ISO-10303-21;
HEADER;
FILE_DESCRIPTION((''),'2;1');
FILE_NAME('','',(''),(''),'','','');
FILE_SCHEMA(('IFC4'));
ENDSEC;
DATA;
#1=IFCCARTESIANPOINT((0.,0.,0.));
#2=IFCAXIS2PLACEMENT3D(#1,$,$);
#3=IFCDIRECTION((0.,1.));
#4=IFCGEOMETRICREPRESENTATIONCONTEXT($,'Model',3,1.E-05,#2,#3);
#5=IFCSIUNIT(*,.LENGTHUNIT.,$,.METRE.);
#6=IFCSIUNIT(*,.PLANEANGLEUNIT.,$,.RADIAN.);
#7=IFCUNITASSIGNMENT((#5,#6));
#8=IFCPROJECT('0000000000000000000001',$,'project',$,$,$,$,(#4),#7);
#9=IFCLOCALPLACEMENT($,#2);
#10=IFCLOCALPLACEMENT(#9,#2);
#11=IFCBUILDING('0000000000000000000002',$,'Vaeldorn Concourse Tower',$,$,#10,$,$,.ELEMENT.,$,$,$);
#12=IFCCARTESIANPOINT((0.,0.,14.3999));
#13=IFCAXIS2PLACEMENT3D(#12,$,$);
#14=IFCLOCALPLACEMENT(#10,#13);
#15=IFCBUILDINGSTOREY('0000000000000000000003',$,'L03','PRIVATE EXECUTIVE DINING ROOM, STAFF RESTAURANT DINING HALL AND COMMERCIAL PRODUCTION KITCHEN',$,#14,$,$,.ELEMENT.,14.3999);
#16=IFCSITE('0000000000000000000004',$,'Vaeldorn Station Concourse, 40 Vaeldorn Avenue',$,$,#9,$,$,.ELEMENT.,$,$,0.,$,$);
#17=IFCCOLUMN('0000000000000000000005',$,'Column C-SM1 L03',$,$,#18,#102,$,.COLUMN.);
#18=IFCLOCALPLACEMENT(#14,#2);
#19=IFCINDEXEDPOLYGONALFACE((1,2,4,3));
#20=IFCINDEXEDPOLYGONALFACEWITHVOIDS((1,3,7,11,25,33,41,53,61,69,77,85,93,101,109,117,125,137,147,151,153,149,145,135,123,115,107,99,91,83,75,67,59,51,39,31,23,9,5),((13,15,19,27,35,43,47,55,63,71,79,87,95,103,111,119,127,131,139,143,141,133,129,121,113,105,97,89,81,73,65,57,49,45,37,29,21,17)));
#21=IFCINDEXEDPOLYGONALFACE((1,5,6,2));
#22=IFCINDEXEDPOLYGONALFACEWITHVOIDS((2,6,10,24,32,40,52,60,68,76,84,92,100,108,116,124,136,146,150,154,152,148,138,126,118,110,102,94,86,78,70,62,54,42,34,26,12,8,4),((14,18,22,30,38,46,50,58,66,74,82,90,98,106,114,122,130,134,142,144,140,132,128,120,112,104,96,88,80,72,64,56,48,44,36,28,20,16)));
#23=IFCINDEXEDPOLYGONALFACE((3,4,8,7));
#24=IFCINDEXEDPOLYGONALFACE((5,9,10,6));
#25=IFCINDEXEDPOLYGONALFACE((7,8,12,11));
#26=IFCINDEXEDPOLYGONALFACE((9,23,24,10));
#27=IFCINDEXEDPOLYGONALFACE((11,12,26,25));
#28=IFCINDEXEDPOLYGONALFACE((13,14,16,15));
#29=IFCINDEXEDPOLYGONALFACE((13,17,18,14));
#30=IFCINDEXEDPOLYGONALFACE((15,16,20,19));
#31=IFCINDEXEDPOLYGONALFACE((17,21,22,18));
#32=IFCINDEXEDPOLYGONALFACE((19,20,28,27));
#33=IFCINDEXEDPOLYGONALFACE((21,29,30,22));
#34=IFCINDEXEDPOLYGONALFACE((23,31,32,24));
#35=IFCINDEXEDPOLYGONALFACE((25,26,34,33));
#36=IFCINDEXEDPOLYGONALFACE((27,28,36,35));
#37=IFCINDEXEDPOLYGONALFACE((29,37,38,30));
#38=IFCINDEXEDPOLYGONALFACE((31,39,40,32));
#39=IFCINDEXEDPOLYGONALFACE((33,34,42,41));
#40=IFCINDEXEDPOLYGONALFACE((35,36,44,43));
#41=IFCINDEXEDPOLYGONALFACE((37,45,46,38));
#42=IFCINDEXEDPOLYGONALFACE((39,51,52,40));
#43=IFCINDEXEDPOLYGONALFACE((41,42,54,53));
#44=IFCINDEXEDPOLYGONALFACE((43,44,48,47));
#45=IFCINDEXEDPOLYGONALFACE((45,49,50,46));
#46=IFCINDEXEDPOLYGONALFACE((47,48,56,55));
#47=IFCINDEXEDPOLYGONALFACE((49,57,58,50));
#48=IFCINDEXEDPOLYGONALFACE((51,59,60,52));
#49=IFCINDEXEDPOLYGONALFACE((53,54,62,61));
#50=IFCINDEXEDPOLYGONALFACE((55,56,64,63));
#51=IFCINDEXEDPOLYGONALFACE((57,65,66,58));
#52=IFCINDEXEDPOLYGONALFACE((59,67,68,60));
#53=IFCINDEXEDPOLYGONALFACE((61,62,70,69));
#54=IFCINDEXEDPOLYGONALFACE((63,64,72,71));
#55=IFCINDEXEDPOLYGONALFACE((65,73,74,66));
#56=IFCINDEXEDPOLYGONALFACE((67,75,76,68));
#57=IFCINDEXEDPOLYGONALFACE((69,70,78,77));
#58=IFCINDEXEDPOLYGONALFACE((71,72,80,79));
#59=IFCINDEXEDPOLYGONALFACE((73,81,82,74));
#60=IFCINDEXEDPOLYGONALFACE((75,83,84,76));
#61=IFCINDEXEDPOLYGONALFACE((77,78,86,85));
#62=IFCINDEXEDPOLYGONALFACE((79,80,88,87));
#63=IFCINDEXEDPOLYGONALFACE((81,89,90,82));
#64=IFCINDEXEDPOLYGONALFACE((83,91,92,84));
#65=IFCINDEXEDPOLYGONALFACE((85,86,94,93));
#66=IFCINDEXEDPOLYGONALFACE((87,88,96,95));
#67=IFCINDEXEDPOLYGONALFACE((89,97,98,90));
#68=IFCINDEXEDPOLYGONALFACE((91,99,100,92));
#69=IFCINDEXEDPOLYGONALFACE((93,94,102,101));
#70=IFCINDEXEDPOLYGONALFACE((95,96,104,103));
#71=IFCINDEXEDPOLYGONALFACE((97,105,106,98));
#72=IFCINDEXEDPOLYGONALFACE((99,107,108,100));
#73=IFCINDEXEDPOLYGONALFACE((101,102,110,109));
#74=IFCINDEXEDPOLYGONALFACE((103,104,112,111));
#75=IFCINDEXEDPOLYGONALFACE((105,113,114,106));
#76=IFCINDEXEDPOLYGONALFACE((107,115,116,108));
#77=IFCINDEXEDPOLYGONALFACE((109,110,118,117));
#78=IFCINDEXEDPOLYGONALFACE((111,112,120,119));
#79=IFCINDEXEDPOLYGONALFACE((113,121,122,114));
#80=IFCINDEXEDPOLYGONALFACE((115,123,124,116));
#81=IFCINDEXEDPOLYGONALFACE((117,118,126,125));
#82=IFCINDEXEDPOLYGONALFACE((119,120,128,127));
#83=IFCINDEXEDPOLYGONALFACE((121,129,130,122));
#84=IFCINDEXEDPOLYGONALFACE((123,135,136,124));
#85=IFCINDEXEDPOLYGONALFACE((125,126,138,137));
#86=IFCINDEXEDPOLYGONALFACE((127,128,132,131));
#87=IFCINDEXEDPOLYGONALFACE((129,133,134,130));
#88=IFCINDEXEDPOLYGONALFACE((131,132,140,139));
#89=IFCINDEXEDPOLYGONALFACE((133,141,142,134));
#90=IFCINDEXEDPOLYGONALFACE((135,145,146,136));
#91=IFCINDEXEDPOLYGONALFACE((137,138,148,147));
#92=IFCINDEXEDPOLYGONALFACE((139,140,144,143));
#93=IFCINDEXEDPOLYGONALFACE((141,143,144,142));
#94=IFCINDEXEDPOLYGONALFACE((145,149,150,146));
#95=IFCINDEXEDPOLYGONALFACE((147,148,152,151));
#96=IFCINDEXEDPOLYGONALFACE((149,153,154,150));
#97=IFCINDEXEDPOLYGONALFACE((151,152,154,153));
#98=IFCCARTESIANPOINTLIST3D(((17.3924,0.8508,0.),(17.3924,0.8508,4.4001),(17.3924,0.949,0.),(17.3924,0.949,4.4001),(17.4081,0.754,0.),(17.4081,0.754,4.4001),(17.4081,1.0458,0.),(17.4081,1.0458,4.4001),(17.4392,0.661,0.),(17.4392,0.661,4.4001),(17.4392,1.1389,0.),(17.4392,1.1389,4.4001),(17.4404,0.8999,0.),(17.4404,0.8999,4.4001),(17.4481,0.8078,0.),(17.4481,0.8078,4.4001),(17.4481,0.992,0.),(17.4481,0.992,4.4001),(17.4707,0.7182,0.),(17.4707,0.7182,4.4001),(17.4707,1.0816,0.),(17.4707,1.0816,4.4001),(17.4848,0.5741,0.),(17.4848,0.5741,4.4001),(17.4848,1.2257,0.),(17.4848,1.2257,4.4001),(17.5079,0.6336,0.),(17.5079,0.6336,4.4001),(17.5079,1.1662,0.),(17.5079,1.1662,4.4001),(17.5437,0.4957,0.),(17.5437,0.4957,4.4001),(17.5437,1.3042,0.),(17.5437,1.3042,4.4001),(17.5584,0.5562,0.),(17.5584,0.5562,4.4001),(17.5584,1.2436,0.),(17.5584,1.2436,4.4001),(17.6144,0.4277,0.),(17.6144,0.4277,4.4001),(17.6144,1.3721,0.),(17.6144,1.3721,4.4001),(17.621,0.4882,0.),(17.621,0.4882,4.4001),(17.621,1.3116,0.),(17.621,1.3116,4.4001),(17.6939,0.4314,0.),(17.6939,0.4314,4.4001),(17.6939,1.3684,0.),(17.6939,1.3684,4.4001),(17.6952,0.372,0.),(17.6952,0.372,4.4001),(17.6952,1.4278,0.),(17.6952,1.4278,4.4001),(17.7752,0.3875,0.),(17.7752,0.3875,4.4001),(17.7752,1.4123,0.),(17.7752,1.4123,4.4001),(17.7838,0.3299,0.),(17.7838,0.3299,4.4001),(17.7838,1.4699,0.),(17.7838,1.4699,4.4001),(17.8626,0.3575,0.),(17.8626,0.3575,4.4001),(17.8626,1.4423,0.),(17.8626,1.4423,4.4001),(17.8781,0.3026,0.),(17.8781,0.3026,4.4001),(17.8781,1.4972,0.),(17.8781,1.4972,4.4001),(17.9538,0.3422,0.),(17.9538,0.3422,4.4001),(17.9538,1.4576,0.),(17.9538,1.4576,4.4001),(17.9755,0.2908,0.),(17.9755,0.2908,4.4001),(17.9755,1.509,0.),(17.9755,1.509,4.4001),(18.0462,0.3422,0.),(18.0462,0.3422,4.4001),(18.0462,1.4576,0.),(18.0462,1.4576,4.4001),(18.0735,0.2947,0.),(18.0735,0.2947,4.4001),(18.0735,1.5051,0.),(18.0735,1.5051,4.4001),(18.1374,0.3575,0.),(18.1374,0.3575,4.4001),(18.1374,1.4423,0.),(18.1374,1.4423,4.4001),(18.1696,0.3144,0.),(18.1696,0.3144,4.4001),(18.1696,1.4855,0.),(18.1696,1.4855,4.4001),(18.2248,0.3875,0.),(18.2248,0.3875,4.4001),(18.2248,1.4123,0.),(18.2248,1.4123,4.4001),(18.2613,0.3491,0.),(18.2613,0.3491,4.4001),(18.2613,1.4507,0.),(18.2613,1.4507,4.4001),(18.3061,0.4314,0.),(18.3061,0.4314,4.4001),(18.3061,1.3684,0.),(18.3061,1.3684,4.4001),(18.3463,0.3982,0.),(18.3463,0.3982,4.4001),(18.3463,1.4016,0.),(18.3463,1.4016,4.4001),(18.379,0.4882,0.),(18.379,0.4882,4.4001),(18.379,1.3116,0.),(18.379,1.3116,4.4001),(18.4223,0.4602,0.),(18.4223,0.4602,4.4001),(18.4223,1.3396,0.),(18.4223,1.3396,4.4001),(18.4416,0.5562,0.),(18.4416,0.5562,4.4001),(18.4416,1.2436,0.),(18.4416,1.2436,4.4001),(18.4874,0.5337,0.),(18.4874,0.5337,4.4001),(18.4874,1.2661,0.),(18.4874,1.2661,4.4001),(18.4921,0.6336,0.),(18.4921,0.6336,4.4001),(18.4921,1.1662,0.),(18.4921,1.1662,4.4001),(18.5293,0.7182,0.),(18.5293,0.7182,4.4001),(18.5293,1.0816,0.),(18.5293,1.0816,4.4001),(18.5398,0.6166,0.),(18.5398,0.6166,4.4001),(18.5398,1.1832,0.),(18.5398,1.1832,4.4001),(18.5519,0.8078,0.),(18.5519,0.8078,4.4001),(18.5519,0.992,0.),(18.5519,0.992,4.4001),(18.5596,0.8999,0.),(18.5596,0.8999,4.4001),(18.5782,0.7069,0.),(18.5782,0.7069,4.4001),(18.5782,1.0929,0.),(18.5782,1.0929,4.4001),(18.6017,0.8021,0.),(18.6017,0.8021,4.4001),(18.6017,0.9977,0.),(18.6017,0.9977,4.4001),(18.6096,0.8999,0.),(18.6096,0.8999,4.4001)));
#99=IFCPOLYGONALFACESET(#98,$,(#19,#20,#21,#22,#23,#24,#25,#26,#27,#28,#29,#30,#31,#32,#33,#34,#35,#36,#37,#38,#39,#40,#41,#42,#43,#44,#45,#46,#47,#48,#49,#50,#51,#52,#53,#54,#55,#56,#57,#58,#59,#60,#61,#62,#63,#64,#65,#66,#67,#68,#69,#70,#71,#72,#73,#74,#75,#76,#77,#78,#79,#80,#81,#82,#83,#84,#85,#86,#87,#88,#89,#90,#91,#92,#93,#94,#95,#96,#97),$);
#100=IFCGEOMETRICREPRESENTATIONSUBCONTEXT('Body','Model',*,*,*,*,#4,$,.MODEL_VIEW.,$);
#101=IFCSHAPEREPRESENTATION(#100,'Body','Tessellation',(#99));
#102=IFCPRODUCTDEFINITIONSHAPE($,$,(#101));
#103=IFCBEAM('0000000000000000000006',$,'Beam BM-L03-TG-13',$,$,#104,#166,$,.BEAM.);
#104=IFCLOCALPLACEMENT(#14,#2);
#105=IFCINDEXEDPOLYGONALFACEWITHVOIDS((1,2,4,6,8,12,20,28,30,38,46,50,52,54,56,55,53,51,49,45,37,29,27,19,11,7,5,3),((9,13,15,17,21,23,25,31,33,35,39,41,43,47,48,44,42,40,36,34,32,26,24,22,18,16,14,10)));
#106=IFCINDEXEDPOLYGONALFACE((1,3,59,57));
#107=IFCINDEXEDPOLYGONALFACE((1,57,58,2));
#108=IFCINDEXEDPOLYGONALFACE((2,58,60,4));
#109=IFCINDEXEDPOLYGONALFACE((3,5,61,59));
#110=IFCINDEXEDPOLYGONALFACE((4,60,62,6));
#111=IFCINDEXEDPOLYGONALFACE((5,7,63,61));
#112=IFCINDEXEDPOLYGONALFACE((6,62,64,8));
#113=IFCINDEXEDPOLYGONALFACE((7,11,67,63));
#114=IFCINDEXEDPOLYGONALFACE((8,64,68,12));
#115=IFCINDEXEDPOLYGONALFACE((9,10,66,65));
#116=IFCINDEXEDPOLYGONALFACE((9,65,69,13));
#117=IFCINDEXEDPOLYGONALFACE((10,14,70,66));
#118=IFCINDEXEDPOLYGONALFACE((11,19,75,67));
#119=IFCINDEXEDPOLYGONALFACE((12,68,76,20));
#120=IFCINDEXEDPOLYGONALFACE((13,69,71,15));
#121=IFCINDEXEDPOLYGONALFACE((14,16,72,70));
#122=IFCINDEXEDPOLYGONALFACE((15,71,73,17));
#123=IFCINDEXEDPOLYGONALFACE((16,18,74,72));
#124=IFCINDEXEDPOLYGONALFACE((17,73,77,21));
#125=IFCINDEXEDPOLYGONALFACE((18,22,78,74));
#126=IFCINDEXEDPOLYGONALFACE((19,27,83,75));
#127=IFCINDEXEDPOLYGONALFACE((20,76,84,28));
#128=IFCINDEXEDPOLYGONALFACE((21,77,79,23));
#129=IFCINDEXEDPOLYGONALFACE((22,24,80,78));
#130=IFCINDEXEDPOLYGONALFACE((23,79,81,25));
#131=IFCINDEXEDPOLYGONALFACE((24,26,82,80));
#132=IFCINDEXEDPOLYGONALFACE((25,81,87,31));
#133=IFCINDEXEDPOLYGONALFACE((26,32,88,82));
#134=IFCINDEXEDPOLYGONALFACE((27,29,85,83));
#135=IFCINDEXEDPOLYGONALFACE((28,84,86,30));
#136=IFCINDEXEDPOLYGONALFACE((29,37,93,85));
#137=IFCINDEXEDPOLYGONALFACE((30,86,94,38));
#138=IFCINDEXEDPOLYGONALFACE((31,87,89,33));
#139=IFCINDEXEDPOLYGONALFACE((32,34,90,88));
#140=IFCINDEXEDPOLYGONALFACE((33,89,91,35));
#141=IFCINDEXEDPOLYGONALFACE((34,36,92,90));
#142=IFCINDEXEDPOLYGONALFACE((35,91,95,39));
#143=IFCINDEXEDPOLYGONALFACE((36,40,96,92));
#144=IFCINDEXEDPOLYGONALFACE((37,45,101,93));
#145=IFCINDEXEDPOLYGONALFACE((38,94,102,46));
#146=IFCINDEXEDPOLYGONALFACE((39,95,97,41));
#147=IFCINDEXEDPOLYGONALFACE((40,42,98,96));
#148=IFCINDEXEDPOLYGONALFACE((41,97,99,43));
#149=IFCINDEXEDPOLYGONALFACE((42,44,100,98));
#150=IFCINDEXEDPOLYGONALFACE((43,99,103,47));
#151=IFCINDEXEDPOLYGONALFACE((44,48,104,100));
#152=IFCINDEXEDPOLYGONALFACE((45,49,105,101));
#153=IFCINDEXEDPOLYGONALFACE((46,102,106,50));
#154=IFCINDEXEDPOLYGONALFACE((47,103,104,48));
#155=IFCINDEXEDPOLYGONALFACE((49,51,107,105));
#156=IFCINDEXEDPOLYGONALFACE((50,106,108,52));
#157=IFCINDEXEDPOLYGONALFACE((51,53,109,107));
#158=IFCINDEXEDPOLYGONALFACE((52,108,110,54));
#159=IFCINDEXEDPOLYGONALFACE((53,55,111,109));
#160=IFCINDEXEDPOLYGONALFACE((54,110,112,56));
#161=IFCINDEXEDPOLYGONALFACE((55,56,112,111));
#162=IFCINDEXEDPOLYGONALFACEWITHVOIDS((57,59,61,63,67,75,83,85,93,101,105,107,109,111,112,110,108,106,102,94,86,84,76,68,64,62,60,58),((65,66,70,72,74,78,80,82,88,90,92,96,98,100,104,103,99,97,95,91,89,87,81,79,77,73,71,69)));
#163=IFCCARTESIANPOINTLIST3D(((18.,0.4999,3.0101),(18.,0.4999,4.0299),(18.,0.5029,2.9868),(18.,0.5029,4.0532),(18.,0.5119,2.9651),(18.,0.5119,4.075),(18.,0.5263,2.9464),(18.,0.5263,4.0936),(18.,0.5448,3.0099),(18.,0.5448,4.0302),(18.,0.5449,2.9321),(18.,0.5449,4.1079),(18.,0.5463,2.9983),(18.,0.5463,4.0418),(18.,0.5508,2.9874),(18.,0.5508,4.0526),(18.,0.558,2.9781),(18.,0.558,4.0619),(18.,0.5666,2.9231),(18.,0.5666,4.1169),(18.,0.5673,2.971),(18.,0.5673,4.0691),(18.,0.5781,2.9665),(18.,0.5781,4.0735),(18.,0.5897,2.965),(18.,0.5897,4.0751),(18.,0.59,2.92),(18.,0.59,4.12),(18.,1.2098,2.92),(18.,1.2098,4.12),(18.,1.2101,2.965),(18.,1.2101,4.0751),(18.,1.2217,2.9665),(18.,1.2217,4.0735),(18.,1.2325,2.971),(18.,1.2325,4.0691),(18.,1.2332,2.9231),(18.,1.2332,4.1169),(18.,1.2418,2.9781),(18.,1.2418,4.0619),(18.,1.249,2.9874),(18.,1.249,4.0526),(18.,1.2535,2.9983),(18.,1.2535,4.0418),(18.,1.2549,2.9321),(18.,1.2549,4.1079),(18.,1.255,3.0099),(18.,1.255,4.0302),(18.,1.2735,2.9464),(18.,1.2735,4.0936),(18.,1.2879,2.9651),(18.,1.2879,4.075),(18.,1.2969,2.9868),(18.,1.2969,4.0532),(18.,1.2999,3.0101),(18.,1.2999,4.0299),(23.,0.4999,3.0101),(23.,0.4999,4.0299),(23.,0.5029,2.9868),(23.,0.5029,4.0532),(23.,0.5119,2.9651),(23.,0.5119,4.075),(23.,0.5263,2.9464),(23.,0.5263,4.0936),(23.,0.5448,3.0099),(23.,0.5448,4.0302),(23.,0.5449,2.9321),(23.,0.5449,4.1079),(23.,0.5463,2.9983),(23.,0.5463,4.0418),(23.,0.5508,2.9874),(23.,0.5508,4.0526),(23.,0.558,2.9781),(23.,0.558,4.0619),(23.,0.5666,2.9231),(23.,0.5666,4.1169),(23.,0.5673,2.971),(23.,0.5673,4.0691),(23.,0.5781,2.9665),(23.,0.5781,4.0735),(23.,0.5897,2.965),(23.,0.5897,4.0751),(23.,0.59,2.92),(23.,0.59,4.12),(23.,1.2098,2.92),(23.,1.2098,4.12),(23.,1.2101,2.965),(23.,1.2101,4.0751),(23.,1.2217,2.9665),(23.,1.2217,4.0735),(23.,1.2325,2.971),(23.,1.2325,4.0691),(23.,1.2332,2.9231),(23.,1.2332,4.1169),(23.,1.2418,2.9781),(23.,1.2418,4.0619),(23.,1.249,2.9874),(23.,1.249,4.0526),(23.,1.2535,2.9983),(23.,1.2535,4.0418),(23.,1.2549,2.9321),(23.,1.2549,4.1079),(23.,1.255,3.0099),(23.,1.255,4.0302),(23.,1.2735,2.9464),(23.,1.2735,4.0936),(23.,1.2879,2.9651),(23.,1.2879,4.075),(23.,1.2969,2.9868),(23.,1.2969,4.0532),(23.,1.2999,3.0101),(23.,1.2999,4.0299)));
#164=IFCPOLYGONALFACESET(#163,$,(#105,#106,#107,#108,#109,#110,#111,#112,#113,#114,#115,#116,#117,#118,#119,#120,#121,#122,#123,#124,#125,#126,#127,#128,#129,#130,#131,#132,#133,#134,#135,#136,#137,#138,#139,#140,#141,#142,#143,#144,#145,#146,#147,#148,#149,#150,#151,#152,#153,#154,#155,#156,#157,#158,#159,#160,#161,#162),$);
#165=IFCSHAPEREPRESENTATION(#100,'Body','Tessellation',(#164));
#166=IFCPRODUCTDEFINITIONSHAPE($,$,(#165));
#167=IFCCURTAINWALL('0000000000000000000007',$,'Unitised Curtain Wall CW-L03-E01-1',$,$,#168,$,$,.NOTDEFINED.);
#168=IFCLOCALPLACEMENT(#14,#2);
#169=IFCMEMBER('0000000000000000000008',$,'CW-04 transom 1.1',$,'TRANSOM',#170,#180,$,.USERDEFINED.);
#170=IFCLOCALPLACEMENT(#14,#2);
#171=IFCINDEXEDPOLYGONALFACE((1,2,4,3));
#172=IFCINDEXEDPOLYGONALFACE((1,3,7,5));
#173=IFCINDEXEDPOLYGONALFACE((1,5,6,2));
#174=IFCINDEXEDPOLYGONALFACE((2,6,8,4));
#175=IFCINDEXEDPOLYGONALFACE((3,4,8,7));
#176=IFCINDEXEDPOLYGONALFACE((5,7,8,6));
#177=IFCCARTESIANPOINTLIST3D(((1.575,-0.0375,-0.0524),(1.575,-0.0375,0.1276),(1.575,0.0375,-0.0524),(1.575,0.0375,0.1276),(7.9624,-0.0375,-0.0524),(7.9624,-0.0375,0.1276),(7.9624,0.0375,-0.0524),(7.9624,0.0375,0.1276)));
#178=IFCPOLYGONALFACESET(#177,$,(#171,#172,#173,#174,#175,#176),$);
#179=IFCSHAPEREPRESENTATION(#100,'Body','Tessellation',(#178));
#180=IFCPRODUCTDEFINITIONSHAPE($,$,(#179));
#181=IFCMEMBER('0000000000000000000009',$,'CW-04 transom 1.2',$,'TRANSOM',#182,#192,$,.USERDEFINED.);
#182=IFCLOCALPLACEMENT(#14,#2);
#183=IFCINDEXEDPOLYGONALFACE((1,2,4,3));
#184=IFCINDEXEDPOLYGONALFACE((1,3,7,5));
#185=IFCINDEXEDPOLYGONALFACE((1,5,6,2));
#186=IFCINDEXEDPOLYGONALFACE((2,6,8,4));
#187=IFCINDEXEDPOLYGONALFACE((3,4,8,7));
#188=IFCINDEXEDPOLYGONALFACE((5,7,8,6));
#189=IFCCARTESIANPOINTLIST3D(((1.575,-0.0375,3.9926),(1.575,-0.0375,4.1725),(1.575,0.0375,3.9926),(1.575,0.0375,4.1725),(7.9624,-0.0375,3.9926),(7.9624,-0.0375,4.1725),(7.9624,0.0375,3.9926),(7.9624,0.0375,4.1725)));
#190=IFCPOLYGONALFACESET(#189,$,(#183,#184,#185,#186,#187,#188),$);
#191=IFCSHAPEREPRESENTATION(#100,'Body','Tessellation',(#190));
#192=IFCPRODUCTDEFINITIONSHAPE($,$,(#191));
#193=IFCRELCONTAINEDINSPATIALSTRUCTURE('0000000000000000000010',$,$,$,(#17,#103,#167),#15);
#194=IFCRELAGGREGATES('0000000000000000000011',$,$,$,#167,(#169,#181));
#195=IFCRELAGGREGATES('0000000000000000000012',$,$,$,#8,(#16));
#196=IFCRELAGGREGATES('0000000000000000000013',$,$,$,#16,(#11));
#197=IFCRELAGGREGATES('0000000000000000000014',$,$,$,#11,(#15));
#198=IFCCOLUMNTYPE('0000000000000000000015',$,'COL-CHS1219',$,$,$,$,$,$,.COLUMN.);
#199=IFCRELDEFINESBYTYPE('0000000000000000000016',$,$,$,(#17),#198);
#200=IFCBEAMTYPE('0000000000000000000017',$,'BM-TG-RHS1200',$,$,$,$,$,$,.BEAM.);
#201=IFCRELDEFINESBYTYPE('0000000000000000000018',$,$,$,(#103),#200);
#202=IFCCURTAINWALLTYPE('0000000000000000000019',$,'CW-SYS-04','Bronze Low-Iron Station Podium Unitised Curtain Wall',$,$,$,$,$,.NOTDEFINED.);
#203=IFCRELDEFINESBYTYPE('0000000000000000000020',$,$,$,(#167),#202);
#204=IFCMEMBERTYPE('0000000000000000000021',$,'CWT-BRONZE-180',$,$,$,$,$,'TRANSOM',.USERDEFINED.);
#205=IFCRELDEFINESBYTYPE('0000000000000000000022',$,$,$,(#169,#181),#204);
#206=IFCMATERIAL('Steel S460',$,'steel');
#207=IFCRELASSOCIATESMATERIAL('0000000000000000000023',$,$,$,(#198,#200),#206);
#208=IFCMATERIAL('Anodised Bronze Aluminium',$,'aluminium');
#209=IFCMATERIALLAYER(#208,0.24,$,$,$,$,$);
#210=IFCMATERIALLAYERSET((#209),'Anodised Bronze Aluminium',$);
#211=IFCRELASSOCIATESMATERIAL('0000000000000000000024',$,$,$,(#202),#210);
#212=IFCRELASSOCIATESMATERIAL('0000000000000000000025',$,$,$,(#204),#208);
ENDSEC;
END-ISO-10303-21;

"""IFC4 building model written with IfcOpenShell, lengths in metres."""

from ifc_helpers import new_model, si_unit, direction, frame, origin, origin_2d, place, context, subcontext, project, spatial, rectangle, hollow_rectangle, hollow_circle, extrude, source, transform, mapped, material, layer, layer_set, material_profile, profile_set, type_object, element, aggregate, save


model = new_model("IFC4")

# Units and contexts
model_context = context("Model", 3, precision=1e-05, world=origin(), true_north=direction((0.0, 1.0)))
body_context = subcontext(model_context, "Body", "Model", "MODEL_VIEW")
ifc_project = project(units=[si_unit("LENGTHUNIT", "METRE"), si_unit("PLANEANGLEUNIT", "RADIAN")], contexts=[model_context])

# Site, building, storey
site_placement = place(None, origin())
site = spatial("IfcSite", under=ifc_project, at=site_placement, Name="Vaeldorn Station Concourse, 40 Vaeldorn Avenue", CompositionType="ELEMENT", RefElevation=0.0)
building_placement = place(site_placement, origin())
building = spatial("IfcBuilding", under=site, at=building_placement, Name="Vaeldorn Concourse Tower", CompositionType="ELEMENT")
storey_placement = place(building_placement, frame((0.0, 0.0, 14.3999)))
storey = spatial("IfcBuildingStorey", under=building, at=storey_placement, Name="L03", Description="PRIVATE EXECUTIVE DINING ROOM, STAFF RESTAURANT DINING HALL AND COMMERCIAL PRODUCTION KITCHEN", CompositionType="ELEMENT", Elevation=14.3999)

# Column
ifc_material_1 = material(Name="Steel S460", Category="steel")
ifc_material_profile_1 = material_profile(ifc_material_1, hollow_circle(Radius=0.6096, WallThickness=0.05, at=origin_2d()), Name="CHS 1219x50")
ifc_profile_set_1 = profile_set([ifc_material_profile_1], Name="Steel S460")
column_type = type_object("IfcColumnType", Name="COL-CHS1219", PredefinedType="COLUMN", material=ifc_profile_set_1)
shared_shape_1 = source(origin(), body_context, "Body", "SweptSolid", [
    extrude(hollow_circle(Radius=0.6096, WallThickness=0.05, at=origin_2d()), origin(), (0.0, 0.0, 1.0), 4.4001),
])
column_placement = place(storey_placement, frame((18.0, 0.8999, 0.0), z_axis=(0.0, 0.0, 1.0), x_axis=(1.0, 0.0, 0.0)))
element("IfcColumn", 1, at=column_placement, inside=storey, type_object=column_type, Name="Column C-SM1 L03", PredefinedType="COLUMN", context=body_context, shape_type="MappedRepresentation", body=[
    mapped(shared_shape_1, transform((0.0, 0.0, 0.0), scale=1.0)),
])

# Beam
ifc_material_profile_2 = material_profile(ifc_material_1, hollow_rectangle(XDim=0.8, YDim=1.2, WallThickness=0.0449, InnerFilletRadius=0.0449, OuterFilletRadius=0.0901, at=origin_2d()), Name="RHS 1200x800x45")
ifc_profile_set_2 = profile_set([ifc_material_profile_2], Name="Steel S460")
beam_type = type_object("IfcBeamType", Name="BM-TG-RHS1200", PredefinedType="BEAM", material=ifc_profile_set_2)
shared_shape_2 = source(origin(), body_context, "Body", "SweptSolid", [
    extrude(hollow_rectangle(XDim=0.8, YDim=1.2, WallThickness=0.0449, InnerFilletRadius=0.0449, OuterFilletRadius=0.0901, at=origin_2d()), origin(), (0.0, 0.0, 1.0), 5.0),
])
beam_placement = place(storey_placement, frame((18.0, 0.8999, 3.52), z_axis=(1.0, 0.0, 0.0), x_axis=(0.0, 1.0, 0.0)))
element("IfcBeam", 2, at=beam_placement, inside=storey, type_object=beam_type, Name="Beam BM-L03-TG-13", PredefinedType="BEAM", context=body_context, shape_type="MappedRepresentation", body=[
    mapped(shared_shape_2, transform((0.0, 0.0, 0.0), scale=1.0)),
])

# Curtain wall, members
ifc_material_2 = material(Name="Anodised Bronze Aluminium", Category="aluminium")
ifc_layer_1 = layer(ifc_material_2, 0.24)
ifc_layer_set_1 = layer_set([ifc_layer_1], Name="Anodised Bronze Aluminium")
curtain_wall_type = type_object("IfcCurtainWallType", Name="CW-SYS-04", Description="Bronze Low-Iron Station Podium Unitised Curtain Wall", PredefinedType="NOTDEFINED", material=ifc_layer_set_1)
curtain_wall_1_placement = place(storey_placement, origin())
curtain_wall_1 = element("IfcCurtainWall", 3, at=curtain_wall_1_placement, inside=storey, type_object=curtain_wall_type, Name="Unitised Curtain Wall CW-L03-E01-1", PredefinedType="NOTDEFINED")
ifc_material_profile_3 = material_profile(ifc_material_2, rectangle(XDim=0.075, YDim=0.1799, at=origin_2d()), Name="CWT 75x180")
ifc_profile_set_3 = profile_set([ifc_material_profile_3], Name="Anodised Bronze Aluminium")
member_type_1 = type_object("IfcMemberType", Name="CWT-BRONZE-180", ElementType="TRANSOM", PredefinedType="USERDEFINED", material=ifc_profile_set_3)
shared_shape_3 = source(origin(), body_context, "Body", "SweptSolid", [
    extrude(rectangle(XDim=0.075, YDim=0.1799, at=origin_2d()), origin(), (0.0, 0.0, 1.0), 6.3875),
])
member_1_placement = place(storey_placement, frame((1.575, 0.0, 0.0376), z_axis=(1.0, 0.0, 0.0), x_axis=(0.0, 1.0, 0.0)))
member_1 = element("IfcMember", 4, at=member_1_placement, type_object=member_type_1, Name="CW-04 transom 1.1", ObjectType="TRANSOM", PredefinedType="USERDEFINED", context=body_context, shape_type="MappedRepresentation", body=[
    mapped(shared_shape_3, transform((0.0, 0.0, 0.0), scale=1.0)),
])
member_2_placement = place(storey_placement, frame((1.575, 0.0, 4.0825), z_axis=(1.0, 0.0, 0.0), x_axis=(0.0, 1.0, 0.0)))
member_2 = element("IfcMember", 5, at=member_2_placement, type_object=member_type_1, Name="CW-04 transom 1.2", ObjectType="TRANSOM", PredefinedType="USERDEFINED", context=body_context, shape_type="MappedRepresentation", body=[
    mapped(shared_shape_3, transform((0.0, 0.0, 0.0), scale=1.0)),
])

aggregate(curtain_wall_1, [member_1, member_2])

save(model, "model.ifc")
